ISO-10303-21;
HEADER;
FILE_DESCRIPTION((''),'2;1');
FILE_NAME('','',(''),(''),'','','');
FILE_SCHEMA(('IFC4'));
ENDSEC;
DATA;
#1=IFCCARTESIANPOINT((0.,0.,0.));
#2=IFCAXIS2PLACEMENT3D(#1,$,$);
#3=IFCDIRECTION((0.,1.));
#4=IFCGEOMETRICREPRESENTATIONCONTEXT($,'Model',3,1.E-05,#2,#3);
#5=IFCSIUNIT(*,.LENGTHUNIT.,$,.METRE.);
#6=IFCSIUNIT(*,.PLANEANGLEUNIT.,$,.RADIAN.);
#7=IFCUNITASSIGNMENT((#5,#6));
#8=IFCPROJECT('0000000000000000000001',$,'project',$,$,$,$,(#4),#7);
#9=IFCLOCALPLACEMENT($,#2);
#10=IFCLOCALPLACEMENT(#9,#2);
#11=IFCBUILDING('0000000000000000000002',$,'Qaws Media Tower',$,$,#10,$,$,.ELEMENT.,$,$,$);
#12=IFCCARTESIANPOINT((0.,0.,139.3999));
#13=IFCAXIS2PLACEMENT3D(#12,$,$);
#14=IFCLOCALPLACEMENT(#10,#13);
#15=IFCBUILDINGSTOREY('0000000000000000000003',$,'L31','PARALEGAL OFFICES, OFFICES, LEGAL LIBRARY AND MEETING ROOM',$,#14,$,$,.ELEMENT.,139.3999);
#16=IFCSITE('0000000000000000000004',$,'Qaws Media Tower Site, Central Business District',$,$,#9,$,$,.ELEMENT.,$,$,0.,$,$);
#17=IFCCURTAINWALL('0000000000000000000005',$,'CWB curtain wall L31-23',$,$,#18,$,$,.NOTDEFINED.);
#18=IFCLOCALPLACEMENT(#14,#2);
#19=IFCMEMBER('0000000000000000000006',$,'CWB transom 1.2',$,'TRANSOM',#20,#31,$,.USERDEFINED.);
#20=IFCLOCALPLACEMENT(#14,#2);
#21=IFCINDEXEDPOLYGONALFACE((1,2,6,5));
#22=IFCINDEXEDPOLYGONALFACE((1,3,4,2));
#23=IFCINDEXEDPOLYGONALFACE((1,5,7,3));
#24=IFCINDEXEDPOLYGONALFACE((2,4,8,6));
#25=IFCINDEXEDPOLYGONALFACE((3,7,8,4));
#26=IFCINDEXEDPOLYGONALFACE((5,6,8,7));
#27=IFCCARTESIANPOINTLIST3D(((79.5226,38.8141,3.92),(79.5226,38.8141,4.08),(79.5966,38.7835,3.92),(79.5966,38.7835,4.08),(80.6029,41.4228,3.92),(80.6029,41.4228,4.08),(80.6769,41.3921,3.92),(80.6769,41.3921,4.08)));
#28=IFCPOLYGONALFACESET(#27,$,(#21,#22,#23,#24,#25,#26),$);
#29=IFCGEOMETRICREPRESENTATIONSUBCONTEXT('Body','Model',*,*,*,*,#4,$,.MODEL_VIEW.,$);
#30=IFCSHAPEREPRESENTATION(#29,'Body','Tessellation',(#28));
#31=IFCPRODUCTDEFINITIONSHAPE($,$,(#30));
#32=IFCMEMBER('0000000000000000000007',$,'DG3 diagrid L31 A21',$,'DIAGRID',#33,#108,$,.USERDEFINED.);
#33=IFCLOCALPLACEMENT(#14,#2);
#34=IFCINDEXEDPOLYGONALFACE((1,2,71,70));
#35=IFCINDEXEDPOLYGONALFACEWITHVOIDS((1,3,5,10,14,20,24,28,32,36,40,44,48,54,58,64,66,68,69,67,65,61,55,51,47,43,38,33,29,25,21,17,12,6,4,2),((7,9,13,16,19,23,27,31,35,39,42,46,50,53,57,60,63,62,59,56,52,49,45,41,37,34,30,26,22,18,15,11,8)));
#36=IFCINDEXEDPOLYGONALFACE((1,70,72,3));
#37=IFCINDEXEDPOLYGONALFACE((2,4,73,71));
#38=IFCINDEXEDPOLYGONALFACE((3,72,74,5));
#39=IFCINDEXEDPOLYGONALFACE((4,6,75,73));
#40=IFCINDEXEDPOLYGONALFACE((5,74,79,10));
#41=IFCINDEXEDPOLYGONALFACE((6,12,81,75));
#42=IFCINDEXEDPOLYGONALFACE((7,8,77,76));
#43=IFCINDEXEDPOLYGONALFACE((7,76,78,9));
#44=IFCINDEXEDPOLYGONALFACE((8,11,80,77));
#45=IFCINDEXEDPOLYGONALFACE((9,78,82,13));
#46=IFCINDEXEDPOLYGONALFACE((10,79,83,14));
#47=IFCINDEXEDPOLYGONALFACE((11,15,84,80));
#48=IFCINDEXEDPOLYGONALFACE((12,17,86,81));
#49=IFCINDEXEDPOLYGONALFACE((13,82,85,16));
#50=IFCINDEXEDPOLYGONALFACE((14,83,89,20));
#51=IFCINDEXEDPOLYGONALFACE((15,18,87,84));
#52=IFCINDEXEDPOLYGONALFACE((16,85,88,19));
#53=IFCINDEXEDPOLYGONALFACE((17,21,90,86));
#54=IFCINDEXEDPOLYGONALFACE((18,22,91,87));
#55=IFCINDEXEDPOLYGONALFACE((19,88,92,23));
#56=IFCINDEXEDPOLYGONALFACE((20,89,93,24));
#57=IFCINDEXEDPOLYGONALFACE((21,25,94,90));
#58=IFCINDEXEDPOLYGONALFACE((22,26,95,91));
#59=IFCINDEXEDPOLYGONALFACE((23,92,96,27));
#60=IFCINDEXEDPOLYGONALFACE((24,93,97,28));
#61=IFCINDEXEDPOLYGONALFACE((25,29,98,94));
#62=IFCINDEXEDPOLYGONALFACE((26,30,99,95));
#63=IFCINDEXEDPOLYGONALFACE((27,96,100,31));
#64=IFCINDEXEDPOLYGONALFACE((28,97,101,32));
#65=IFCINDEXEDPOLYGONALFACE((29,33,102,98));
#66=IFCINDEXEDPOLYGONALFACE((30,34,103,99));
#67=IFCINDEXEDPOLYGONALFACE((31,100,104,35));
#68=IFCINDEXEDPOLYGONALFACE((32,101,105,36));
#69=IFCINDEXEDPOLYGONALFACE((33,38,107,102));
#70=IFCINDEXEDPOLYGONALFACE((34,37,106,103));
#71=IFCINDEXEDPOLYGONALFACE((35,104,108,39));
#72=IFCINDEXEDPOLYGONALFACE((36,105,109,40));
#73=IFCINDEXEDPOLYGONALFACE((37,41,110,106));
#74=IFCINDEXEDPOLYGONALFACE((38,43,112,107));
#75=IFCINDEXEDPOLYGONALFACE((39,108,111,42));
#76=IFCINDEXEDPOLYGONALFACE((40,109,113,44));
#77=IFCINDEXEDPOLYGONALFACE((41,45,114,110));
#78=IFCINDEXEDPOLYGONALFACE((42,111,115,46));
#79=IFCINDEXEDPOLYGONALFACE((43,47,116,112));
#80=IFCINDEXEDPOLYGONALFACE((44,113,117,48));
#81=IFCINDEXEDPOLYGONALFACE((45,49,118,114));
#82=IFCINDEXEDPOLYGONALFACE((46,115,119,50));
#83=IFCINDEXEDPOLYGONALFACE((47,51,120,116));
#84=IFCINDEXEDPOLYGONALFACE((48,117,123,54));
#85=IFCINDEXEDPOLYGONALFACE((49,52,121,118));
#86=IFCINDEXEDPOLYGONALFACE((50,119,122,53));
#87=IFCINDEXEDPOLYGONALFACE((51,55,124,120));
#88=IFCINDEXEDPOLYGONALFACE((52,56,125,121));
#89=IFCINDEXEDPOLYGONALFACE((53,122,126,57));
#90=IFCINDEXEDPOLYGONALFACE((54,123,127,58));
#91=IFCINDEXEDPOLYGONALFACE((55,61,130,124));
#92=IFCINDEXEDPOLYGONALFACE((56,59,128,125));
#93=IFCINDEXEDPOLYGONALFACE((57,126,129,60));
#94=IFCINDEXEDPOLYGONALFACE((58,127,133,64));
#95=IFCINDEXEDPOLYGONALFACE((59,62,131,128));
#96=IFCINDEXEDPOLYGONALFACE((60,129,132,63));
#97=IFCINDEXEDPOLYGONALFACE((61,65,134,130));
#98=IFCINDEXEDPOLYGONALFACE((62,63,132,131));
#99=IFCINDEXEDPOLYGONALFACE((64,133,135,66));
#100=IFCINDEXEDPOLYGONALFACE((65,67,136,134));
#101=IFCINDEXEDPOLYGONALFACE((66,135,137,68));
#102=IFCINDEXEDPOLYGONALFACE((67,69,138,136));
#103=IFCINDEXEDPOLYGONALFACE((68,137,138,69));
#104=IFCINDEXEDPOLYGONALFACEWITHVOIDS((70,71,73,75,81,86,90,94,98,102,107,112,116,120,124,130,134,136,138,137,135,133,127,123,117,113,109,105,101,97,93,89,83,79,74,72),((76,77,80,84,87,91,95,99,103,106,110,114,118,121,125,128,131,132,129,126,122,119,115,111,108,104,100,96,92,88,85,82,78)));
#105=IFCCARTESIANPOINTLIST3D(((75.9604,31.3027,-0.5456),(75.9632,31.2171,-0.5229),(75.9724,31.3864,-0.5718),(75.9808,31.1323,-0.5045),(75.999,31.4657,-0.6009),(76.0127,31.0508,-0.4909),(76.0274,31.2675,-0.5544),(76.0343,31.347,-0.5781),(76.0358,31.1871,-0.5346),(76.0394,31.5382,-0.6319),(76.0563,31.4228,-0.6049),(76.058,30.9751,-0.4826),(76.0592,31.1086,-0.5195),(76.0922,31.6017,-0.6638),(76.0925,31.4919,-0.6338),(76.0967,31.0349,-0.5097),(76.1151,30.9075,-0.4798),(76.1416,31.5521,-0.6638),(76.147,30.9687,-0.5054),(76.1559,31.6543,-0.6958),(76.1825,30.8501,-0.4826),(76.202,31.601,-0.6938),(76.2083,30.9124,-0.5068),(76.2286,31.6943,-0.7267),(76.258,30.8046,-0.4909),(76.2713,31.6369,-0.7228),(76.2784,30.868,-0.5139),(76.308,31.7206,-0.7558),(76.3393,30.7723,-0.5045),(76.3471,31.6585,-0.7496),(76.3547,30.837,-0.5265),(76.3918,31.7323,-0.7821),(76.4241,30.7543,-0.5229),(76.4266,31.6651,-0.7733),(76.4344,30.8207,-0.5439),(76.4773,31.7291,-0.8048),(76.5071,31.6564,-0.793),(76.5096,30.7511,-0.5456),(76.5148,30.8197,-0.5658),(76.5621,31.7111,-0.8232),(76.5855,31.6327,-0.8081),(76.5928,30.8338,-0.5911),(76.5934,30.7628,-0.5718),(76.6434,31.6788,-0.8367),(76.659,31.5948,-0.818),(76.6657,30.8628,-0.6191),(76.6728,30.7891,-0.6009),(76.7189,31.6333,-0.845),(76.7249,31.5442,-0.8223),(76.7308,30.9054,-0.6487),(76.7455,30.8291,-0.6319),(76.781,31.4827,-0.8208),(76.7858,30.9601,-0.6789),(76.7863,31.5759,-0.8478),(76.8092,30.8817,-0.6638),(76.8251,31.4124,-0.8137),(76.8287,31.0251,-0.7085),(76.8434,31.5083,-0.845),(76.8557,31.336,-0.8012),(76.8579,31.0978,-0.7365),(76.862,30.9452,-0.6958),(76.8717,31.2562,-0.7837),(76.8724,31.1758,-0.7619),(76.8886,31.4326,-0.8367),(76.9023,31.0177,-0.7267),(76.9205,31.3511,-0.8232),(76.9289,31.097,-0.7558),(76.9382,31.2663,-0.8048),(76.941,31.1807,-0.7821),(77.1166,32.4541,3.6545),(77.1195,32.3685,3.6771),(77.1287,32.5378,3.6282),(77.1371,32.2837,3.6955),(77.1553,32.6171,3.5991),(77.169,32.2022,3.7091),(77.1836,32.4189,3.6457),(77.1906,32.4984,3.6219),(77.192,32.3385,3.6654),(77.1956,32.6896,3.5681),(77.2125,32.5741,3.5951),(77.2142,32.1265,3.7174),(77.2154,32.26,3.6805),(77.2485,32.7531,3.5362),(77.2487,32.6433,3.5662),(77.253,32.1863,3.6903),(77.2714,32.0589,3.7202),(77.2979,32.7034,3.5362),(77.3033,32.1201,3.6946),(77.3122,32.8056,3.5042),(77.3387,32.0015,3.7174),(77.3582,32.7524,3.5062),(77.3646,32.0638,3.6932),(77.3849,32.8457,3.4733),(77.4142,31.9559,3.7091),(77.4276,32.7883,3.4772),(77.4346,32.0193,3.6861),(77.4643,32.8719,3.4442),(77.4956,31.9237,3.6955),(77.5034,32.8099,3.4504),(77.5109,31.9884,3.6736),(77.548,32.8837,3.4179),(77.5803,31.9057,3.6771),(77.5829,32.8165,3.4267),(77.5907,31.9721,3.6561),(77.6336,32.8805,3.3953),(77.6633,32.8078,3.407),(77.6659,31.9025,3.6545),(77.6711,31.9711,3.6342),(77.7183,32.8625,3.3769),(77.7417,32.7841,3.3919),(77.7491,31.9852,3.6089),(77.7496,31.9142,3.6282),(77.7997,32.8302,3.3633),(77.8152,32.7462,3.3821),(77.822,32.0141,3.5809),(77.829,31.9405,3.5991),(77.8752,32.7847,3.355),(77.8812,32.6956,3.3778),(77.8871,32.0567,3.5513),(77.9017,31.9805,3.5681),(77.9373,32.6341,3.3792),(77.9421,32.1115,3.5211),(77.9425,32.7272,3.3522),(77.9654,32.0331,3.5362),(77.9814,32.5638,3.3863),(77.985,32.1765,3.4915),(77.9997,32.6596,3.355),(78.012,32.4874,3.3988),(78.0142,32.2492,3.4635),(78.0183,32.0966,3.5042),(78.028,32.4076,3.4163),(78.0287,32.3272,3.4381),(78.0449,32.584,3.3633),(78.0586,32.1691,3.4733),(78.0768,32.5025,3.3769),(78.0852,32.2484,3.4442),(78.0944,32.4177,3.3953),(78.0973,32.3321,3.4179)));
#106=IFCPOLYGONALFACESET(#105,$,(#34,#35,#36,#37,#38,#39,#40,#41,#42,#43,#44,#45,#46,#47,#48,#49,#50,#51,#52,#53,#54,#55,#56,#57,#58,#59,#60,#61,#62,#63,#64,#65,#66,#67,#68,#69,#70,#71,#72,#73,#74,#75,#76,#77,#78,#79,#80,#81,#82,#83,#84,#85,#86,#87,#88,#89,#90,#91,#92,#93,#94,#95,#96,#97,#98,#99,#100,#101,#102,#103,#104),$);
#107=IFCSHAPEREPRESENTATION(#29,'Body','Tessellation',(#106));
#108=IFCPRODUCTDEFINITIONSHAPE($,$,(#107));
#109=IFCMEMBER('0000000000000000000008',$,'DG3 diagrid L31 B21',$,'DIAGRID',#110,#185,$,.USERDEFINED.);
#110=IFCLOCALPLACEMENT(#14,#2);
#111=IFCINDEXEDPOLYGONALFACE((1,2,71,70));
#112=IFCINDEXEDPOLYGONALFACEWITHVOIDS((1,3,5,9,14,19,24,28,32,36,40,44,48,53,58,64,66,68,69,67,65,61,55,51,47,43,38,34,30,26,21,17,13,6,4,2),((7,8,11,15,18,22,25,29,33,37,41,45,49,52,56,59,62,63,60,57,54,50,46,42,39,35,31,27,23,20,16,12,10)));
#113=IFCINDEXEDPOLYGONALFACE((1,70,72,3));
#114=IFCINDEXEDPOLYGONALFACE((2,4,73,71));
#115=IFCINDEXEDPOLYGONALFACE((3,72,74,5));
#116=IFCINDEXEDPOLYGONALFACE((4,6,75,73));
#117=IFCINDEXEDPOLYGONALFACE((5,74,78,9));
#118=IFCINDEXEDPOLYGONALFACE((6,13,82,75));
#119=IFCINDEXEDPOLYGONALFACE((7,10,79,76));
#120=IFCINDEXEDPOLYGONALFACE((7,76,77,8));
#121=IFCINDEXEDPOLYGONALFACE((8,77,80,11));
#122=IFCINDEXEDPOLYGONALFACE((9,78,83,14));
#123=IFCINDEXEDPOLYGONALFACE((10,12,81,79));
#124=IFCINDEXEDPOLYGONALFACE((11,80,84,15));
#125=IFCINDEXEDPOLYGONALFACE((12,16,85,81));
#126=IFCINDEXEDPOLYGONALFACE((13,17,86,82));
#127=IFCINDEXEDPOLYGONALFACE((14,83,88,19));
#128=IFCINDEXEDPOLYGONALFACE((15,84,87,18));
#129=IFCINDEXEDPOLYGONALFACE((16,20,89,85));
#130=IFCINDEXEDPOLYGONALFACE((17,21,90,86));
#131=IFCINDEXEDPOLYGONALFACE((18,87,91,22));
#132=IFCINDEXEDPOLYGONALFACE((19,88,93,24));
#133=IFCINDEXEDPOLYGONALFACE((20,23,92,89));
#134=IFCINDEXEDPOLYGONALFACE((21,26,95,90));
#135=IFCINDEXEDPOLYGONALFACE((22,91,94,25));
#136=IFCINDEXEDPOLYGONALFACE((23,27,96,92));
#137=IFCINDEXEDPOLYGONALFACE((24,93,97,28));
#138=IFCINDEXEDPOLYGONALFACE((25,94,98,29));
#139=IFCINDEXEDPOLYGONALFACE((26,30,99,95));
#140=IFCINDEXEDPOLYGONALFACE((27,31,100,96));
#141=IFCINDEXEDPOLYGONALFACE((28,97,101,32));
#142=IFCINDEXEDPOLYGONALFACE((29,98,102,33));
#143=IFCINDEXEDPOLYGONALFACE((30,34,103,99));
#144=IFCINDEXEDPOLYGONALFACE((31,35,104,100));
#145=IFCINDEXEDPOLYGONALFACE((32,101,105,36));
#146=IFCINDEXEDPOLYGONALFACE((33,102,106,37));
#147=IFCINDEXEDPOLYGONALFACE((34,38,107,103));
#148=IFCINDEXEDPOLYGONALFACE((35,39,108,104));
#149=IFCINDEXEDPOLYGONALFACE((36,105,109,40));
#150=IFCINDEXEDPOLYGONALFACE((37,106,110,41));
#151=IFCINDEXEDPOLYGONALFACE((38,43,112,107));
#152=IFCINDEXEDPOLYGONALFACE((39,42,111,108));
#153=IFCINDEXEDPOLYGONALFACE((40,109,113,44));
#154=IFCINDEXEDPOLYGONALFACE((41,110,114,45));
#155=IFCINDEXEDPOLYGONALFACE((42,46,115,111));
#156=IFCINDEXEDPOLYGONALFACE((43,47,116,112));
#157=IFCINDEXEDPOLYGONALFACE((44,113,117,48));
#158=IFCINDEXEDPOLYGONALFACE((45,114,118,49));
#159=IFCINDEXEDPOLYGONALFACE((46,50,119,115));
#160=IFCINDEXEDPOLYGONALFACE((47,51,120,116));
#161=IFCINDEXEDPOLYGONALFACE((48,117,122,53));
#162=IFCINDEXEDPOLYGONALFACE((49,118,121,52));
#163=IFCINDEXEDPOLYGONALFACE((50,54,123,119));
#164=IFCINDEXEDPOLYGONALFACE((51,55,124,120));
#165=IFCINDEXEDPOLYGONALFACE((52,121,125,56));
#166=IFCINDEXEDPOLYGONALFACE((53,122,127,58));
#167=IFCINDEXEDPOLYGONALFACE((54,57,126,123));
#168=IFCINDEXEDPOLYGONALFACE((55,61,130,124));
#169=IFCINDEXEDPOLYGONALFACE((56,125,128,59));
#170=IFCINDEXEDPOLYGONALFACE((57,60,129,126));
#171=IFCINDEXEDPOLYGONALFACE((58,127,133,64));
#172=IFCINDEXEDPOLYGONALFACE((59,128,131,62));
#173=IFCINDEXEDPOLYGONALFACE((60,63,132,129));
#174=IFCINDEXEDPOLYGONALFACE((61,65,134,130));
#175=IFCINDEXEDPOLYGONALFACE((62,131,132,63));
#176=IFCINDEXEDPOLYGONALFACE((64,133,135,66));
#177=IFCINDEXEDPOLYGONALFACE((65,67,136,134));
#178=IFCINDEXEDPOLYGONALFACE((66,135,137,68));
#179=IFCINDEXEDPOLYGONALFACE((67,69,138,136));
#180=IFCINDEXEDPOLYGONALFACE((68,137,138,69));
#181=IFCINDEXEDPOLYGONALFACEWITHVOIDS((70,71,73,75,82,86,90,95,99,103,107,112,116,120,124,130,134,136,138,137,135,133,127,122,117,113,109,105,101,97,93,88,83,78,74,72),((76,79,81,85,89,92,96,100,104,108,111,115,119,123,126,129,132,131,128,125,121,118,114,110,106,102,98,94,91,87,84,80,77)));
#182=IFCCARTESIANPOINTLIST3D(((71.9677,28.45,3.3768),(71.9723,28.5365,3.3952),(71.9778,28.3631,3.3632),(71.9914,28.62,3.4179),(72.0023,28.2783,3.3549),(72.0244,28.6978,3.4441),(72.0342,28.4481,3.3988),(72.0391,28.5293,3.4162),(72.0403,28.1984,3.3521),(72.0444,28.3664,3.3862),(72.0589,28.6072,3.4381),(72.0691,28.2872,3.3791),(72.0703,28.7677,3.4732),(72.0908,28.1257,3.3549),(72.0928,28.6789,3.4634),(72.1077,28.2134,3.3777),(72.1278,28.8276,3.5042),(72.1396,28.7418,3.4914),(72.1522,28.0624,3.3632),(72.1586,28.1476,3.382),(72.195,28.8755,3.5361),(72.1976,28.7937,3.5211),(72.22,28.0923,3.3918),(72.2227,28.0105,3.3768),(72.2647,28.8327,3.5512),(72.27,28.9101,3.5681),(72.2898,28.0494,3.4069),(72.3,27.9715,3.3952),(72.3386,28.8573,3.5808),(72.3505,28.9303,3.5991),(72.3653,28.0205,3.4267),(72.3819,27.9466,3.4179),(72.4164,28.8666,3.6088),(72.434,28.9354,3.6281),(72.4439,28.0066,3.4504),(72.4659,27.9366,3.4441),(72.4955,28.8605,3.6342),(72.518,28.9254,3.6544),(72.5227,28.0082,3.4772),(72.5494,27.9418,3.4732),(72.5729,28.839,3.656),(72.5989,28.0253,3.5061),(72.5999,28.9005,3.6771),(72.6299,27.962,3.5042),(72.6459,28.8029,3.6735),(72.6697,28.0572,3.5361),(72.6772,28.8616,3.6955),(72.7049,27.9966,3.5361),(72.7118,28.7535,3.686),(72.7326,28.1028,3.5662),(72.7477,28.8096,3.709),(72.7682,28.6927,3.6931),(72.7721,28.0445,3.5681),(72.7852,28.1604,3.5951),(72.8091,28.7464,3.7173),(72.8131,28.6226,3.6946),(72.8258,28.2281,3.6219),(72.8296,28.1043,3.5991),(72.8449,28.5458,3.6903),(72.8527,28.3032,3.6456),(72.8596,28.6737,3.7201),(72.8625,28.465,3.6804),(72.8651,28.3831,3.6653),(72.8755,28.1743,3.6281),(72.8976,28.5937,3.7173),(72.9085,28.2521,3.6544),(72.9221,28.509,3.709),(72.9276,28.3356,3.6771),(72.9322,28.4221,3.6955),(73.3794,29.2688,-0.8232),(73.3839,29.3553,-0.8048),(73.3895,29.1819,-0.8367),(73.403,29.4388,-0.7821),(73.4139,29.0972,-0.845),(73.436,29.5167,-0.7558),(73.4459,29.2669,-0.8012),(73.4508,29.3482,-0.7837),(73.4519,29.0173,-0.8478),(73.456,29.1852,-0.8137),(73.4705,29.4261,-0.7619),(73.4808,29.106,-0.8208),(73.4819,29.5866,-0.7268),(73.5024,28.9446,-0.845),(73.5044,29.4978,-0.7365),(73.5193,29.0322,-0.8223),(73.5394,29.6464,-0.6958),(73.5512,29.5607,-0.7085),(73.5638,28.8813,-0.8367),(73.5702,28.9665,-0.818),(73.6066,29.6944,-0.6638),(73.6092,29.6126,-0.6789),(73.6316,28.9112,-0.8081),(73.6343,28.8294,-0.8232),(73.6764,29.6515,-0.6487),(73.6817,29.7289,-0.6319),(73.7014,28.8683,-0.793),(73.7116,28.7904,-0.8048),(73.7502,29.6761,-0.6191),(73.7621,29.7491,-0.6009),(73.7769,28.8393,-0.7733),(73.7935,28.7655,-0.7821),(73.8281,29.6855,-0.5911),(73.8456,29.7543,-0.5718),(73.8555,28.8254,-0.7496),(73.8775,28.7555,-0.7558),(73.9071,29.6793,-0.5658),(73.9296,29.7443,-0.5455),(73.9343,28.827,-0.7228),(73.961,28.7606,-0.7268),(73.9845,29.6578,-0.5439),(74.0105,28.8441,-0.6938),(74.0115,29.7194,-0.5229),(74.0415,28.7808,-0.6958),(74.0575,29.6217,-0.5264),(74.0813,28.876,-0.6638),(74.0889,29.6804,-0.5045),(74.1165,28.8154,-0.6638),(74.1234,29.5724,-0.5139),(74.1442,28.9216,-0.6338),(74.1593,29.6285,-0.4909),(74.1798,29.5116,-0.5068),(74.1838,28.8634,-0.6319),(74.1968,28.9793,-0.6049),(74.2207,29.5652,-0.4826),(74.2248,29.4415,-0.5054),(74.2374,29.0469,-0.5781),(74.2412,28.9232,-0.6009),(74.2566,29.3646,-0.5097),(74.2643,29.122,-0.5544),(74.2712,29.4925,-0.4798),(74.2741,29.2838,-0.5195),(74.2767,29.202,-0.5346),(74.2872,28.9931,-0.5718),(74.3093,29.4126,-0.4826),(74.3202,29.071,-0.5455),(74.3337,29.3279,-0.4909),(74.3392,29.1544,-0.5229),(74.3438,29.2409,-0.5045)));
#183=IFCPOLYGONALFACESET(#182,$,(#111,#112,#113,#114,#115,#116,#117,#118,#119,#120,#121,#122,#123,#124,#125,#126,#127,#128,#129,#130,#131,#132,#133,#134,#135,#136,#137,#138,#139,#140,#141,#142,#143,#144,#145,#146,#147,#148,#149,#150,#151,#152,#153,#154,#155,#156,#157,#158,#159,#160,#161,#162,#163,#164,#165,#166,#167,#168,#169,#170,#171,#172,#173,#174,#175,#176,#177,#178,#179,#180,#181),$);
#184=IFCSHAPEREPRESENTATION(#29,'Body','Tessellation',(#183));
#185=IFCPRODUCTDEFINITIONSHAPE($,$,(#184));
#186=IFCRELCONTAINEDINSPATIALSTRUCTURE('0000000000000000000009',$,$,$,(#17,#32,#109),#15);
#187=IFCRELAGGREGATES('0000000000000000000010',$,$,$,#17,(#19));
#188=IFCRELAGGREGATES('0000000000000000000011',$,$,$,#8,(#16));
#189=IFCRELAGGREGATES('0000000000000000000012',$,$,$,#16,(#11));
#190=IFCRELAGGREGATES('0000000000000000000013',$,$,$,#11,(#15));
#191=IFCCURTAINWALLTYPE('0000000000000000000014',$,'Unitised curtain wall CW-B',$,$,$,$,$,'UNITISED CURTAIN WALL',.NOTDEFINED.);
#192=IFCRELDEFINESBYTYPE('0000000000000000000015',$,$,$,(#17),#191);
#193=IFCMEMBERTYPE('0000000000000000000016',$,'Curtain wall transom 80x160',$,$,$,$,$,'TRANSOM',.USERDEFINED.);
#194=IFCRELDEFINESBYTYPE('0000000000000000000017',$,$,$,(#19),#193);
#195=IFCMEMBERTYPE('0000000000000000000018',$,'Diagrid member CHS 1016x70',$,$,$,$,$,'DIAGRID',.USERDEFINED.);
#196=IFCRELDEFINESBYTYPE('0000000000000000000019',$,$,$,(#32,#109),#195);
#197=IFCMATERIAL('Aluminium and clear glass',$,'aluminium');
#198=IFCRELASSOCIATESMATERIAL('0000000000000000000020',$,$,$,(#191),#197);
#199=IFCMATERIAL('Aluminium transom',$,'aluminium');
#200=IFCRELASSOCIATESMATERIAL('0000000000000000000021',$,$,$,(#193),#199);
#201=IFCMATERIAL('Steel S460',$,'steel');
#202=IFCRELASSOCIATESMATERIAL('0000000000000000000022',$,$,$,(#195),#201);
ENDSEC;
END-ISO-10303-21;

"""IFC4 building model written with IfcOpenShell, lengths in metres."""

from ifc_helpers import new_model, si_unit, direction, frame, origin, origin_2d, place, context, subcontext, project, spatial, rectangle, hollow_circle, extrude, material, material_profile, profile_set, type_object, element, aggregate, save


model = new_model("IFC4")

# Units and contexts
model_context = context("Model", 3, precision=1e-05, world=origin(), true_north=direction((0.0, 1.0)))
body_context = subcontext(model_context, "Body", "Model", "MODEL_VIEW")
ifc_project = project(units=[si_unit("LENGTHUNIT", "METRE"), si_unit("PLANEANGLEUNIT", "RADIAN")], contexts=[model_context])

# Site, building, storey
site_placement = place(None, origin())
site = spatial("IfcSite", under=ifc_project, at=site_placement, Name="Qaws Media Tower Site, Central Business District", CompositionType="ELEMENT", RefElevation=0.0)
building_placement = place(site_placement, origin())
building = spatial("IfcBuilding", under=site, at=building_placement, Name="Qaws Media Tower", CompositionType="ELEMENT")
storey_placement = place(building_placement, frame((0.0, 0.0, 139.3999)))
storey = spatial("IfcBuildingStorey", under=building, at=storey_placement, Name="L31", Description="PARALEGAL OFFICES, OFFICES, LEGAL LIBRARY AND MEETING ROOM", CompositionType="ELEMENT", Elevation=139.3999)

# Shared definitions
ifc_material_1 = material(Name="Aluminium and clear glass", Category="aluminium")
curtain_wall_type = type_object("IfcCurtainWallType", Name="Unitised curtain wall CW-B", ElementType="UNITISED CURTAIN WALL", PredefinedType="NOTDEFINED", material=ifc_material_1)

# Curtain wall
curtain_wall_1_placement = place(storey_placement, origin())
curtain_wall_1 = element("IfcCurtainWall", 1, at=curtain_wall_1_placement, inside=storey, type_object=curtain_wall_type, Name="CWB curtain wall L31-23", PredefinedType="NOTDEFINED")

# Member
ifc_material_2 = material(Name="Aluminium transom", Category="aluminium")
ifc_material_profile_1 = material_profile(ifc_material_2, rectangle(XDim=0.0801, YDim=0.1599, at=origin_2d()), Name="80x160")
ifc_profile_set_1 = profile_set([ifc_material_profile_1], Name="Aluminium transom")
member_type_1 = type_object("IfcMemberType", Name="Curtain wall transom 80x160", ElementType="TRANSOM", PredefinedType="USERDEFINED", material=ifc_profile_set_1)
member_1_placement = place(storey_placement, frame((79.5596, 38.7988, 4.0), z_axis=(0.382619, 0.923906, 0.0), x_axis=(-0.923906, 0.382619, 0.0)))
member_1 = element("IfcMember", 2, at=member_1_placement, type_object=member_type_1, Name="CWB transom 1.2", ObjectType="TRANSOM", PredefinedType="USERDEFINED", context=body_context, shape_type="SweptSolid", body=[
    extrude(rectangle(XDim=0.0801, YDim=0.1599, at=origin_2d()), origin(), (0.0, 0.0, 1.0), 2.8235),
])
aggregate(curtain_wall_1, [member_1])

# Members
ifc_material_3 = material(Name="Steel S460", Category="steel")
ifc_material_profile_2 = material_profile(ifc_material_3, hollow_circle(Radius=0.5081, WallThickness=0.0701, at=origin_2d()), Name="CHS 1016x70")
ifc_profile_set_2 = profile_set([ifc_material_profile_2], Name="Steel S460")
member_type_2 = type_object("IfcMemberType", Name="Diagrid member CHS 1016x70", ElementType="DIAGRID", PredefinedType="USERDEFINED", material=ifc_profile_set_2)
for number, where, z_axis, x_axis, name in (
    (3, (76.4507, 31.2417, -0.6638), (0.256614, 0.255531, 0.932123), (-0.705609, 0.708601, 0.0), "DG3 diagrid L31 A21"),
    (4, (73.8616, 29.2549, -0.6638), (-0.313286, -0.181729, 0.932109), (0.501767, -0.865003, 0.0), "DG3 diagrid L31 B21"),
):
    element("IfcMember", number, at=place(storey_placement, frame(where, z_axis=z_axis, x_axis=x_axis)), inside=storey, type_object=member_type_2, Name=name, ObjectType="DIAGRID", PredefinedType="USERDEFINED", context=body_context, shape_type="SweptSolid", body=[
        extrude(hollow_circle(Radius=0.5081, WallThickness=0.0701, at=origin_2d()), origin(), (0.0, 0.0, 1.0), 4.5059),
    ])

save(model, "model.ifc")
